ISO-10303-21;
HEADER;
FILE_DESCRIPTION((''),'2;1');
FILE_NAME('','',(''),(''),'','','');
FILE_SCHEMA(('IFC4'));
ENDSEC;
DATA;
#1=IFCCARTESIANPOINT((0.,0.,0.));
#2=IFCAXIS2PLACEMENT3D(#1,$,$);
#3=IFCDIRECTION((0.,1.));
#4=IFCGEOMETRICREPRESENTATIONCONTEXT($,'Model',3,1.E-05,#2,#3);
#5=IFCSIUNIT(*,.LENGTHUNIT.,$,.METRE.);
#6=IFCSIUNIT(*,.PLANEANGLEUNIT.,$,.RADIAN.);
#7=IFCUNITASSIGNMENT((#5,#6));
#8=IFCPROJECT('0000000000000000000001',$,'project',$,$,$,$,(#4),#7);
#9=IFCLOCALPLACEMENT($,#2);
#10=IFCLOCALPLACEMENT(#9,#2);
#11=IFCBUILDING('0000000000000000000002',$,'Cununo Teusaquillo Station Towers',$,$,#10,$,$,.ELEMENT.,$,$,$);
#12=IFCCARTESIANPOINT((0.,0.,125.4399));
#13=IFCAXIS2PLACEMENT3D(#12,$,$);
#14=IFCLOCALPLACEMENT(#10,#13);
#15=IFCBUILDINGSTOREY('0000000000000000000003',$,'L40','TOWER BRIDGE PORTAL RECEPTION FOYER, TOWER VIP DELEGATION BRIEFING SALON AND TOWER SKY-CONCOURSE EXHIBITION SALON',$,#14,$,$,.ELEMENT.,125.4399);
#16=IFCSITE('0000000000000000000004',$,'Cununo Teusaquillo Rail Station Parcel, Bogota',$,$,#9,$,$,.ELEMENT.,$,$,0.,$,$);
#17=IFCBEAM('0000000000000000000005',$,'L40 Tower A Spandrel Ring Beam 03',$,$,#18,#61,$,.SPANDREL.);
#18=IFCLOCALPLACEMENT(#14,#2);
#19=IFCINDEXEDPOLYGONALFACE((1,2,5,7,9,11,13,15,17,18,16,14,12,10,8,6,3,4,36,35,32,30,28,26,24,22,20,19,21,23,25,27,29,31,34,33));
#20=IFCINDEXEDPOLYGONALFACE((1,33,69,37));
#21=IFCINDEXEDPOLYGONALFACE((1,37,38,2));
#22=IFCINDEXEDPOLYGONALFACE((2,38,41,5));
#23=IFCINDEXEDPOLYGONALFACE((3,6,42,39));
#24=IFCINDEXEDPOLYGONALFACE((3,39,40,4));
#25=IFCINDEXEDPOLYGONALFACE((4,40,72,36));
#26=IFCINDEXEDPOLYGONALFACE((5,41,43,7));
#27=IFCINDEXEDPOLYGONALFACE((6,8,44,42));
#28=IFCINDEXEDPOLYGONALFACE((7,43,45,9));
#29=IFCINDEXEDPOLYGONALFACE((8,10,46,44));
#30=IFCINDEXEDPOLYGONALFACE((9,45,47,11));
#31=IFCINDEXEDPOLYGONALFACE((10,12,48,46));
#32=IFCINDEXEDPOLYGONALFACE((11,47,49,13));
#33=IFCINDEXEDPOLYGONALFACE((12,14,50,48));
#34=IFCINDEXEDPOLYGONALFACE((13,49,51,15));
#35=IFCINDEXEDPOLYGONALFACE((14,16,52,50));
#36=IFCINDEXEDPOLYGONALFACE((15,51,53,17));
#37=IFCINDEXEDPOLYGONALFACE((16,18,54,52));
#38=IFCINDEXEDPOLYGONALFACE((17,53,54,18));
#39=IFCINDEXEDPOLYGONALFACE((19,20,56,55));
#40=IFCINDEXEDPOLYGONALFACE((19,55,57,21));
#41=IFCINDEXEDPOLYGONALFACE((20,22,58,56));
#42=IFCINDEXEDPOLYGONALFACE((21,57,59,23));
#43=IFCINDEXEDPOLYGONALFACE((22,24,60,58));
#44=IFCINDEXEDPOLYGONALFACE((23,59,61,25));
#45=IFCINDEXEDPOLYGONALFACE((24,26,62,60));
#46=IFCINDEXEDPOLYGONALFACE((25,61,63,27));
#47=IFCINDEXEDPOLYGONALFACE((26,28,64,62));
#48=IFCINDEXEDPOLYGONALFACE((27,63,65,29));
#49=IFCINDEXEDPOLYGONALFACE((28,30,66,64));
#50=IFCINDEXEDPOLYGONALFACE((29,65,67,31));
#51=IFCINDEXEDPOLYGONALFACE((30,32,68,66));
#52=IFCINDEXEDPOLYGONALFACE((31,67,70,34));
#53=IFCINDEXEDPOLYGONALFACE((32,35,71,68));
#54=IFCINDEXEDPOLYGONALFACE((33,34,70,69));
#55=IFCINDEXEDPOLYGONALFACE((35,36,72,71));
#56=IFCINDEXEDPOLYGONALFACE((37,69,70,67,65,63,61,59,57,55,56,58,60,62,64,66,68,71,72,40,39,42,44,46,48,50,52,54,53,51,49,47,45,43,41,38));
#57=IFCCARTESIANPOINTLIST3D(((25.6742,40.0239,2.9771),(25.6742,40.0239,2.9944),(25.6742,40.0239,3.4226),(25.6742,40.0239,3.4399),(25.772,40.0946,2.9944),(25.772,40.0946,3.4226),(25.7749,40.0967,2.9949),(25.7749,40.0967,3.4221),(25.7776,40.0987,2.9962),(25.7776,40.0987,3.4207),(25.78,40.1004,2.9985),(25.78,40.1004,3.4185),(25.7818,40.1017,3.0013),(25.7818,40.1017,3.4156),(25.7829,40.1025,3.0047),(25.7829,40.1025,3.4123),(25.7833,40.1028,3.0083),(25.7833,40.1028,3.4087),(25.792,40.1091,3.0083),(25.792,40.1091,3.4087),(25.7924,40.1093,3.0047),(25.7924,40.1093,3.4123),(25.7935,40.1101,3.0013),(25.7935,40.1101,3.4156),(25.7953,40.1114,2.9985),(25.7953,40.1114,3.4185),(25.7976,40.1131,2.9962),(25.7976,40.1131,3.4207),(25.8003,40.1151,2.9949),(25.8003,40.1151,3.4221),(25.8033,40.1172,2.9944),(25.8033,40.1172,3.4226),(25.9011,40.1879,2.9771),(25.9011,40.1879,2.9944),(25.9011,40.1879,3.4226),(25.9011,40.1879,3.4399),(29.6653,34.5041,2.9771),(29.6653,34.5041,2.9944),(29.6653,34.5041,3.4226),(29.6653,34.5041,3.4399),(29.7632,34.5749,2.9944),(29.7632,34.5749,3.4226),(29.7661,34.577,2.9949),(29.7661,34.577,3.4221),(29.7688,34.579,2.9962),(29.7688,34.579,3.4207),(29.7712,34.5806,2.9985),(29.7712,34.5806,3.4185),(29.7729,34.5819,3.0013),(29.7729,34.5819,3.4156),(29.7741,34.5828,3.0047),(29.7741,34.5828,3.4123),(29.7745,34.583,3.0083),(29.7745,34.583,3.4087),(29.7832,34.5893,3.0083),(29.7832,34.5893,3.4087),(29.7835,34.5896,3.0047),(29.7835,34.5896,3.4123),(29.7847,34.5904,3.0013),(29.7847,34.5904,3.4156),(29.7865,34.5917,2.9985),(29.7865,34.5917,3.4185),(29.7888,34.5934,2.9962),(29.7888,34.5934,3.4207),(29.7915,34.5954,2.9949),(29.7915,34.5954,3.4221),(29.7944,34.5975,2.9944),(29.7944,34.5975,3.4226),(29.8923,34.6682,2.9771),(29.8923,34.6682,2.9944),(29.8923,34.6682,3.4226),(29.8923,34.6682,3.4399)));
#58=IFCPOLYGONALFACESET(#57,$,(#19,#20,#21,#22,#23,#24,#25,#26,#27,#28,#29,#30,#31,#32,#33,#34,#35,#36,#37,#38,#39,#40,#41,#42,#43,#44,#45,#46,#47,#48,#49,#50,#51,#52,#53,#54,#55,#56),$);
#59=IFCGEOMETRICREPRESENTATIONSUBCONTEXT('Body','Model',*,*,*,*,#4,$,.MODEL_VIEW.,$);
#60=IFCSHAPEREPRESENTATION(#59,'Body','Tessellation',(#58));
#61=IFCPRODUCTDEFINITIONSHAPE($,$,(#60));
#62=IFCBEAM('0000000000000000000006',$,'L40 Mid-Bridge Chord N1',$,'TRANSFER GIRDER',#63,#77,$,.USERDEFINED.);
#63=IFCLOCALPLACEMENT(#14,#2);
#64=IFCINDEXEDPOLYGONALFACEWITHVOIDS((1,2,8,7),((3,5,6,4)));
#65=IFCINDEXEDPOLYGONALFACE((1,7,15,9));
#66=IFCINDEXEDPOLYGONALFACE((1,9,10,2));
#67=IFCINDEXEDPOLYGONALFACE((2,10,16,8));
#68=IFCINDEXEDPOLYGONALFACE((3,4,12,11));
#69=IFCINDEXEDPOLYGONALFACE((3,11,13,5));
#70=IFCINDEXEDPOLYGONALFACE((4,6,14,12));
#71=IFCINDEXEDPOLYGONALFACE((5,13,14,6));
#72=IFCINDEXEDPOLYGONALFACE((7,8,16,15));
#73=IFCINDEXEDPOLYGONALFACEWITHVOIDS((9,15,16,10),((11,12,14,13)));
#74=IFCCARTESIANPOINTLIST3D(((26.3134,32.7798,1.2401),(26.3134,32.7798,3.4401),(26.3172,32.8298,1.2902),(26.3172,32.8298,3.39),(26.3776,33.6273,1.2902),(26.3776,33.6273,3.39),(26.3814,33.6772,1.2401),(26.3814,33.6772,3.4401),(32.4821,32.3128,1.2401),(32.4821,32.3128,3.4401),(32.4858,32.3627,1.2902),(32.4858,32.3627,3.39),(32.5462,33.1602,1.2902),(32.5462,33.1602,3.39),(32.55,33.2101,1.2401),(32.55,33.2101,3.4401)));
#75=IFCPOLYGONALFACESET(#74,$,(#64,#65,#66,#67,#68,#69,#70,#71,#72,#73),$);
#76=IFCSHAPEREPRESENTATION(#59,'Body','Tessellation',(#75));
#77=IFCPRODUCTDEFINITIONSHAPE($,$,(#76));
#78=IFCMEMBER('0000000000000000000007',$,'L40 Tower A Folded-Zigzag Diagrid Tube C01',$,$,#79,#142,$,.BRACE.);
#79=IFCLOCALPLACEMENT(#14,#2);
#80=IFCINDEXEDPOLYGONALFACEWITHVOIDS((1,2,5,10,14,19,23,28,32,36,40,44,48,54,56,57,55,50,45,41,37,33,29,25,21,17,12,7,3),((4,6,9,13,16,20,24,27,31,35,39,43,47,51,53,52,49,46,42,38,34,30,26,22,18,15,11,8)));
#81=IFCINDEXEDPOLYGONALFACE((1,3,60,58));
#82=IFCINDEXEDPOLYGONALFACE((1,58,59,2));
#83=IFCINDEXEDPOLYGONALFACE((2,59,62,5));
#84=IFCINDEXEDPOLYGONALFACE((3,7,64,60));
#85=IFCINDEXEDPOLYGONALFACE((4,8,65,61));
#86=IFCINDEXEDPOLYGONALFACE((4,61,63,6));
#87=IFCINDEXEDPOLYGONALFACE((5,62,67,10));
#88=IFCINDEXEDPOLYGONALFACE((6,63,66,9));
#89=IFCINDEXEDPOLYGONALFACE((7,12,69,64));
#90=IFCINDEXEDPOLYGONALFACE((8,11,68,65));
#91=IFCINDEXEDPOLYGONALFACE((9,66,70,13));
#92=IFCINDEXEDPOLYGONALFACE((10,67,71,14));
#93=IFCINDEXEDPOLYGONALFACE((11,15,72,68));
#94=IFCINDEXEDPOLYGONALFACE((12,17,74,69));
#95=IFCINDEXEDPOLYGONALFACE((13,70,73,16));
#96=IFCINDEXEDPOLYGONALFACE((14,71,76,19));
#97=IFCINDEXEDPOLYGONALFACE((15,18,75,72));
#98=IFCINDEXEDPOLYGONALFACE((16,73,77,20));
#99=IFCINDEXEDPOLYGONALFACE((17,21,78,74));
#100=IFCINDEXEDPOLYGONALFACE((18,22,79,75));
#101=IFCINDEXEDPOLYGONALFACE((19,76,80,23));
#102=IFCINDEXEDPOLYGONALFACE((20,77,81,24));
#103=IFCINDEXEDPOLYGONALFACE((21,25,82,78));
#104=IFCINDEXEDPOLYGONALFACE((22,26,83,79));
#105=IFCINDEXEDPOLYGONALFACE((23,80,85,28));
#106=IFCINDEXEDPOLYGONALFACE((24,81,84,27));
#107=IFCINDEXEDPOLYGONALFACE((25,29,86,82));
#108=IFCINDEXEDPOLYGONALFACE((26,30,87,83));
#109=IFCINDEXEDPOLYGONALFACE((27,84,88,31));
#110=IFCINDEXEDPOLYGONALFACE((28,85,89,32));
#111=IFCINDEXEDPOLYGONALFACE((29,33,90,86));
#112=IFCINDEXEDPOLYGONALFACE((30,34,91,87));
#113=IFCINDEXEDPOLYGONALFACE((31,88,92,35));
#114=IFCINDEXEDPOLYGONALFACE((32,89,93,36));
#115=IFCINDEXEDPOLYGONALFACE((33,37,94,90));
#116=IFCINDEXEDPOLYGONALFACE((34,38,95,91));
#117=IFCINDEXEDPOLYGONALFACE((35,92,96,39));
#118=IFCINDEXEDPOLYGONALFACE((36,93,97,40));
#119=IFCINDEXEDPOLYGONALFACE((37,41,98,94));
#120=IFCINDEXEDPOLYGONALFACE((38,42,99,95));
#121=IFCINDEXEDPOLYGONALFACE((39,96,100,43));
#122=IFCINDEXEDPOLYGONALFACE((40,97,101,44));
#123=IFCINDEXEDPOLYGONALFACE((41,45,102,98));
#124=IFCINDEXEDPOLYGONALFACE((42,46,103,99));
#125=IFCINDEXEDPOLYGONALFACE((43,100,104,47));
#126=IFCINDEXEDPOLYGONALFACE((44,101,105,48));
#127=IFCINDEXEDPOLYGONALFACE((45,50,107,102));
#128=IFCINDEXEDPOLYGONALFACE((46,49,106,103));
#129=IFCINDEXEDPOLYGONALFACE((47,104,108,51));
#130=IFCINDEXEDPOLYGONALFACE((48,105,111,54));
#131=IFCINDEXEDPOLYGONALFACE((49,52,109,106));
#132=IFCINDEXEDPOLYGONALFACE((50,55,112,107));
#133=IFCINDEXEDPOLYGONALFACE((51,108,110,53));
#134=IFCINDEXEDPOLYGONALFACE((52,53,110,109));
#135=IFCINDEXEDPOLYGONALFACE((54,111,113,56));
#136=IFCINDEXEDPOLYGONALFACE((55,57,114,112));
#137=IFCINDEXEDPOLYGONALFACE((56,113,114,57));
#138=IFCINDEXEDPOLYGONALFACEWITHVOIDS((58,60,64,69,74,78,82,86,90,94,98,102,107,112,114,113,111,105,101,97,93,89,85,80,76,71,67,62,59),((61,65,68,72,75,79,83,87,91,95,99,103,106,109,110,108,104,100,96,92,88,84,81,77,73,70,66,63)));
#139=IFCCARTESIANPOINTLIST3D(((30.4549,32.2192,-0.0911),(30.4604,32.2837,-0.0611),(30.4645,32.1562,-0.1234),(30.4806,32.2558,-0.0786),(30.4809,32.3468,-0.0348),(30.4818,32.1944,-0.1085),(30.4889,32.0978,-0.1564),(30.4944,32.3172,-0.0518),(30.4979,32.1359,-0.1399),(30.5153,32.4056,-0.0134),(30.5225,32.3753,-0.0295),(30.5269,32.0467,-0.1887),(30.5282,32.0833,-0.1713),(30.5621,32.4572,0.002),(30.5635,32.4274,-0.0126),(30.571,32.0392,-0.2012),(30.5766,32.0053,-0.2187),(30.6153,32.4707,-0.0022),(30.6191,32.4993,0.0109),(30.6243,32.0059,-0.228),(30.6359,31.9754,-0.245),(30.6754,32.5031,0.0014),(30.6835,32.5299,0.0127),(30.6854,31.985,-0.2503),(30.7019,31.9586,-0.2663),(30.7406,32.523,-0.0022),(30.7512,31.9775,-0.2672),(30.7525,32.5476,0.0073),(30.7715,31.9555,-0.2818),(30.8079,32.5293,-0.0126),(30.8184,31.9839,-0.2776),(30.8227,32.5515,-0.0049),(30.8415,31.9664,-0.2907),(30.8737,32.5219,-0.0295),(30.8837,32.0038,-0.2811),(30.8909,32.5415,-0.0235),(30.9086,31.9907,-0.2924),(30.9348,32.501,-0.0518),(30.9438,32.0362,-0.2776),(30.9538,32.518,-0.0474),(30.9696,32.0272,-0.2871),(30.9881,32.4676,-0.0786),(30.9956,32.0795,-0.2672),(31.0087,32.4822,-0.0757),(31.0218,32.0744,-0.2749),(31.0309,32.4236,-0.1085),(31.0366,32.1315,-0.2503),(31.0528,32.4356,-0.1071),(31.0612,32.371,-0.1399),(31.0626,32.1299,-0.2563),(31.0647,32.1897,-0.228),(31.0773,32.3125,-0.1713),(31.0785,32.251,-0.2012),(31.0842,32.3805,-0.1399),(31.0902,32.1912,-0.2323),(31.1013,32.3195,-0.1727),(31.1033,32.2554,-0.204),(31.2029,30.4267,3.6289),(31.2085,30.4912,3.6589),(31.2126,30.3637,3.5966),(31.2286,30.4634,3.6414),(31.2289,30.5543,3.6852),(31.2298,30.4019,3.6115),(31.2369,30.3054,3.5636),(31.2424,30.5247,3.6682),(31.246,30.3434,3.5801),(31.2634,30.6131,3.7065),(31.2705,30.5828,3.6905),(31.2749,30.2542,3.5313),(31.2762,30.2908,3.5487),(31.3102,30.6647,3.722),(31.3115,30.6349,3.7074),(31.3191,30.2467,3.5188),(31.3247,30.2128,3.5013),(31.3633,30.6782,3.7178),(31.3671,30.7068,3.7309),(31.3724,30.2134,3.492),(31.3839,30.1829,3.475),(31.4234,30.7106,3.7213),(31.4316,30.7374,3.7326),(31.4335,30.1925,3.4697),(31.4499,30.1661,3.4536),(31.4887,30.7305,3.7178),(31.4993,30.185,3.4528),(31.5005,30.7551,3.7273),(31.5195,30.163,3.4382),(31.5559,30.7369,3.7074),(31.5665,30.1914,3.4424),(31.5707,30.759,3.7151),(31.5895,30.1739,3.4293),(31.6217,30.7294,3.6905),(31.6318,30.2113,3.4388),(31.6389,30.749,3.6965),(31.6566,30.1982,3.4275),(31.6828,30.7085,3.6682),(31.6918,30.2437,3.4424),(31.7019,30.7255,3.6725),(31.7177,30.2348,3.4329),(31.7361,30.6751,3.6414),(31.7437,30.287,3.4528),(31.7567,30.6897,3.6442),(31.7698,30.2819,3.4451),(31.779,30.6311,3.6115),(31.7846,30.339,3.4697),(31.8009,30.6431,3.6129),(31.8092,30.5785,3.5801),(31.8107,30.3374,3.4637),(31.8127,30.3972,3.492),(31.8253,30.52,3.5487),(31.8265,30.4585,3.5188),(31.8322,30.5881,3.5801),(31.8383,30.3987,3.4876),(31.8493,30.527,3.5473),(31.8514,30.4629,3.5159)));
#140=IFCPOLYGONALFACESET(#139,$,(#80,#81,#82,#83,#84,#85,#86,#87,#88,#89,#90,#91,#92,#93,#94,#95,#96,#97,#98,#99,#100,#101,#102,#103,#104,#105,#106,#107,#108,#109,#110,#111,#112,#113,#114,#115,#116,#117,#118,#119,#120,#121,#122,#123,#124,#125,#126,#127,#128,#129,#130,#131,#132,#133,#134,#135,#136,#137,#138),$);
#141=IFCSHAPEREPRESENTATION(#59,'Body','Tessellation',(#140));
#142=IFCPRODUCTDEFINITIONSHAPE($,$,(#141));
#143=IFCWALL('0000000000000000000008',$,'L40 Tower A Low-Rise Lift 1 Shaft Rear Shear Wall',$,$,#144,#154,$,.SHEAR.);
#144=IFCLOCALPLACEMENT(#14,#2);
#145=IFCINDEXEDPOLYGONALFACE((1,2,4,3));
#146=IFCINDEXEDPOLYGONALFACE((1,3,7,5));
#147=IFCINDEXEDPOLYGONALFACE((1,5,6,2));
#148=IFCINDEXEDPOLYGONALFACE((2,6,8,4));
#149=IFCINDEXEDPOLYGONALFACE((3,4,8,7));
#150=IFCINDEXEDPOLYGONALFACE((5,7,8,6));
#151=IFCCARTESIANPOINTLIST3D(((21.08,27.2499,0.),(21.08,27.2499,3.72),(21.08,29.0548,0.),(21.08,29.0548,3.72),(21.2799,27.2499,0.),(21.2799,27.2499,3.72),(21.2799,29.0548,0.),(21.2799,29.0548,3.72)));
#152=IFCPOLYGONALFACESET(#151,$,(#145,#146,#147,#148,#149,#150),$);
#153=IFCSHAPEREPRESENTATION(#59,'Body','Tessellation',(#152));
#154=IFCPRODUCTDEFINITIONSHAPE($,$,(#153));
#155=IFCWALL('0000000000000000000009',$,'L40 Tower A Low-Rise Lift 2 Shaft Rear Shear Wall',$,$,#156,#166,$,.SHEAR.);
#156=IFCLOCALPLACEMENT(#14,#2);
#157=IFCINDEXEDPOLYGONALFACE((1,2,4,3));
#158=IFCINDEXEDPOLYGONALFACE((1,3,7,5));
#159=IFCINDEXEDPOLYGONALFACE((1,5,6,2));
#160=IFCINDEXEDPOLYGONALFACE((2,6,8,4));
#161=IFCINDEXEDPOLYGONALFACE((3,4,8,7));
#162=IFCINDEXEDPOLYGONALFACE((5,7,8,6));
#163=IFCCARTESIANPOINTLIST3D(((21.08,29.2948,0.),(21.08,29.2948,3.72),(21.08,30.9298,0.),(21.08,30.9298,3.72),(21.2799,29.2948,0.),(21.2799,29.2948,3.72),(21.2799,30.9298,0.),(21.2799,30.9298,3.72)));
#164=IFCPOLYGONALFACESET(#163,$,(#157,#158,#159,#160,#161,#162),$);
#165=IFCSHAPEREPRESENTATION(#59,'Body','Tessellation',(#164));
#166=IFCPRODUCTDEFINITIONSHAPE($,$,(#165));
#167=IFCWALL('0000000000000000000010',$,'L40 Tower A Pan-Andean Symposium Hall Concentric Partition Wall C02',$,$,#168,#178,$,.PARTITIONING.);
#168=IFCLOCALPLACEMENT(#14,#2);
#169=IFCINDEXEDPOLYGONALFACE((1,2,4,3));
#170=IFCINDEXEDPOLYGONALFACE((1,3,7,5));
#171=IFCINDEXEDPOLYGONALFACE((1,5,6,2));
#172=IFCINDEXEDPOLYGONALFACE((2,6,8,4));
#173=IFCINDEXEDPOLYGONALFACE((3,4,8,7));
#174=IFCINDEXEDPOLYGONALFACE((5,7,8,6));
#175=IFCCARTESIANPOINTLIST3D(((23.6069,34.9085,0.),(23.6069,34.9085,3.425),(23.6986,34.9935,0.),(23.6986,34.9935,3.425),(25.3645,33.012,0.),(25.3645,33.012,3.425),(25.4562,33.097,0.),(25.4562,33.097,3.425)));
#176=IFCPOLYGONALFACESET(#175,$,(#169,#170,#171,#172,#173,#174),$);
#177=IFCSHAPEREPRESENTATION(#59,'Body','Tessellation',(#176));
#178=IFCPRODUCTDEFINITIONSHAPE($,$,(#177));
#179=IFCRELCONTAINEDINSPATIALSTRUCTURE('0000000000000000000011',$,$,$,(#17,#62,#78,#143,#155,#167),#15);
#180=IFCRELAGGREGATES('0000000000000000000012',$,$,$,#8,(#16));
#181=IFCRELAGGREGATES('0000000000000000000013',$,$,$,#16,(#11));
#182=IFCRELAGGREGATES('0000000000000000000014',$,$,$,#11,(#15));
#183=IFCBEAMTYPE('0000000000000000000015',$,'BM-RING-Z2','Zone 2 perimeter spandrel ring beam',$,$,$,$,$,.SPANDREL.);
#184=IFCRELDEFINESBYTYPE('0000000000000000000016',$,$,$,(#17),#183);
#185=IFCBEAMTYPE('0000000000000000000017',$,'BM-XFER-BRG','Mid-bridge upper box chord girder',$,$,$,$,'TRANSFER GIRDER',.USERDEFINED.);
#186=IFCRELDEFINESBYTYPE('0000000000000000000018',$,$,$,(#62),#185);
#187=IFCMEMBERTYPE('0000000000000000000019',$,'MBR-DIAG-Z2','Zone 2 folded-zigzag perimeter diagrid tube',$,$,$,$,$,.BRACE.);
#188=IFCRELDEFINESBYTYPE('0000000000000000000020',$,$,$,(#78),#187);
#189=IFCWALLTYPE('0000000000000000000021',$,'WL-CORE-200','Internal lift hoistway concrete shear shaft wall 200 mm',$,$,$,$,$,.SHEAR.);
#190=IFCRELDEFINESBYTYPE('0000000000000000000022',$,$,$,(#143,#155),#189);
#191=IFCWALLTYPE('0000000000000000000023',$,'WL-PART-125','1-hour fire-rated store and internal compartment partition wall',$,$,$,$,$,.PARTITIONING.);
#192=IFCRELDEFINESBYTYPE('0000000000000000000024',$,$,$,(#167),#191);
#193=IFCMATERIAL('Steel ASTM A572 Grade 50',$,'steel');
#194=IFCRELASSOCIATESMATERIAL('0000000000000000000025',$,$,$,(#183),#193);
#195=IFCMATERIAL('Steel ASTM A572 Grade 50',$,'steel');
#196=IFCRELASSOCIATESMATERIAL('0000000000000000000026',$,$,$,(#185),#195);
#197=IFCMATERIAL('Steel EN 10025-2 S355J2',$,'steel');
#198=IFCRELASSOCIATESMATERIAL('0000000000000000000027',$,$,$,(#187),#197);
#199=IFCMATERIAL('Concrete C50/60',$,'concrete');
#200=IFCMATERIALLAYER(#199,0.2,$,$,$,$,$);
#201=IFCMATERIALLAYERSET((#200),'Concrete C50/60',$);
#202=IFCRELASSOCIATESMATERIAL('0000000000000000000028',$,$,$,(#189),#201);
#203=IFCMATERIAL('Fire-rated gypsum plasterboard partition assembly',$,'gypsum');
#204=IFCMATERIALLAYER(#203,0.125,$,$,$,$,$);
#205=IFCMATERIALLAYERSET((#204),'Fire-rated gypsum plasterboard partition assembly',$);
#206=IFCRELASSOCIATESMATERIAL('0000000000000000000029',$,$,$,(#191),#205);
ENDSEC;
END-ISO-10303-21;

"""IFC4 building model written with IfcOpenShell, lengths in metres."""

from ifc_helpers import new_model, si_unit, direction, frame, frame_2d, origin, origin_2d, place, context, subcontext, project, spatial, rectangle, hollow_rectangle, hollow_circle, i_section, extrude, material, layer, layer_set, material_profile, profile_set, type_object, element, save


model = new_model("IFC4")

# Units and contexts
model_context = context("Model", 3, precision=1e-05, world=origin(), true_north=direction((0.0, 1.0)))
body_context = subcontext(model_context, "Body", "Model", "MODEL_VIEW")
ifc_project = project(units=[si_unit("LENGTHUNIT", "METRE"), si_unit("PLANEANGLEUNIT", "RADIAN")], contexts=[model_context])

# Site, building, storey
site_placement = place(None, origin())
site = spatial("IfcSite", under=ifc_project, at=site_placement, Name="Cununo Teusaquillo Rail Station Parcel, Bogota", CompositionType="ELEMENT", RefElevation=0.0)
building_placement = place(site_placement, origin())
building = spatial("IfcBuilding", under=site, at=building_placement, Name="Cununo Teusaquillo Station Towers", CompositionType="ELEMENT")
storey_placement = place(building_placement, frame((0.0, 0.0, 125.4399)))
storey = spatial("IfcBuildingStorey", under=building, at=storey_placement, Name="L40", Description="TOWER BRIDGE PORTAL RECEPTION FOYER, TOWER VIP DELEGATION BRIEFING SALON AND TOWER SKY-CONCOURSE EXHIBITION SALON", CompositionType="ELEMENT", Elevation=125.4399)

# Beams
ifc_material_1 = material(Name="Steel ASTM A572 Grade 50", Category="steel")
ifc_material_profile_1 = material_profile(ifc_material_1, i_section(OverallWidth=0.28, OverallDepth=0.4629, WebThickness=0.0107, FlangeThickness=0.0173, FilletRadius=0.0139, at=origin_2d()), Name="W18X76")
ifc_profile_set_1 = profile_set([ifc_material_profile_1], Name="Steel ASTM A572 Grade 50")
beam_type_1 = type_object("IfcBeamType", Name="BM-RING-Z2", Description="Zone 2 perimeter spandrel ring beam", PredefinedType="SPANDREL", material=ifc_profile_set_1)
beam_1_placement = place(storey_placement, frame((29.7788, 34.5862, 3.2085), z_axis=(-0.585945, 0.810351, 0.0), x_axis=(-0.810351, -0.585945, 0.0)))
element("IfcBeam", 1, at=beam_1_placement, inside=storey, type_object=beam_type_1, Name="L40 Tower A Spandrel Ring Beam 03", PredefinedType="SPANDREL", context=body_context, shape_type="SweptSolid", body=[
    extrude(i_section(OverallWidth=0.28, OverallDepth=0.4629, WebThickness=0.0107, FlangeThickness=0.0173, FilletRadius=0.0139, at=origin_2d()), origin(), (0.0, 0.0, 1.0), 6.8115),
])
ifc_material_2 = material(Name="Steel ASTM A572 Grade 50", Category="steel")
ifc_material_profile_2 = material_profile(ifc_material_2, hollow_rectangle(XDim=0.8999, YDim=2.2, WallThickness=0.05, at=origin_2d()), Name="BOX 2200x900x50")
ifc_profile_set_2 = profile_set([ifc_material_profile_2], Name="Steel ASTM A572 Grade 50")
beam_type_2 = type_object("IfcBeamType", Name="BM-XFER-BRG", Description="Mid-bridge upper box chord girder", ElementType="TRANSFER GIRDER", PredefinedType="USERDEFINED", material=ifc_profile_set_2)
beam_2_placement = place(storey_placement, frame((26.3474, 33.2285, 2.3401), z_axis=(0.997146, -0.075495, 0.0), x_axis=(0.075495, 0.997146, 0.0)))
element("IfcBeam", 2, at=beam_2_placement, inside=storey, type_object=beam_type_2, Name="L40 Mid-Bridge Chord N1", ObjectType="TRANSFER GIRDER", PredefinedType="USERDEFINED", context=body_context, shape_type="SweptSolid", body=[
    extrude(hollow_rectangle(XDim=0.8999, YDim=2.2, WallThickness=0.05, at=origin_2d()), origin(), (0.0, 0.0, 1.0), 6.1863),
])

# Member
ifc_material_3 = material(Name="Steel EN 10025-2 S355J2", Category="steel")
ifc_material_profile_3 = material_profile(ifc_material_3, hollow_circle(Radius=0.3301, WallThickness=0.0249, at=origin_2d()), Name="CHS 660x25")
ifc_profile_set_3 = profile_set([ifc_material_profile_3], Name="Steel EN 10025-2 S355J2")
member_type = type_object("IfcMemberType", Name="MBR-DIAG-Z2", Description="Zone 2 folded-zigzag perimeter diagrid tube", PredefinedType="BRACE", material=ifc_profile_set_3)
member_placement = place(storey_placement, frame((30.7795, 32.2534, -0.1399), z_axis=(0.178254, -0.427135, 0.886443), x_axis=(0.922861, 0.385133, 0.0)))
element("IfcMember", 3, at=member_placement, inside=storey, type_object=member_type, Name="L40 Tower A Folded-Zigzag Diagrid Tube C01", PredefinedType="BRACE", context=body_context, shape_type="SweptSolid", body=[
    extrude(hollow_circle(Radius=0.3301, WallThickness=0.0249, at=origin_2d()), origin(), (0.0, 0.0, 1.0), 4.1965),
])

# Walls
ifc_material_4 = material(Name="Concrete C50/60", Category="concrete")
ifc_layer_1 = layer(ifc_material_4, 0.2)
ifc_layer_set_1 = layer_set([ifc_layer_1], Name="Concrete C50/60")
wall_type_1 = type_object("IfcWallType", Name="WL-CORE-200", Description="Internal lift hoistway concrete shear shaft wall 200 mm", PredefinedType="SHEAR", material=ifc_layer_set_1)
wall_1_placement = place(storey_placement, frame((21.1799, 27.25, 0.0), z_axis=(0.0, 0.0, 1.0), x_axis=(0.0, 1.0, 0.0)))
element("IfcWall", 4, at=wall_1_placement, inside=storey, type_object=wall_type_1, Name="L40 Tower A Low-Rise Lift 1 Shaft Rear Shear Wall", PredefinedType="SHEAR", context=body_context, shape_type="SweptSolid", body=[
    extrude(rectangle(XDim=1.8049, YDim=0.2, at=frame_2d((0.9023, 0.0))), origin(), (0.0, 0.0, 1.0), 3.72),
])
wall_2_placement = place(storey_placement, frame((21.1799, 29.2949, 0.0), z_axis=(0.0, 0.0, 1.0), x_axis=(0.0, 1.0, 0.0)))
element("IfcWall", 5, at=wall_2_placement, inside=storey, type_object=wall_type_1, Name="L40 Tower A Low-Rise Lift 2 Shaft Rear Shear Wall", PredefinedType="SHEAR", context=body_context, shape_type="SweptSolid", body=[
    extrude(rectangle(XDim=1.635, YDim=0.2, at=frame_2d((0.8174, 0.0))), origin(), (0.0, 0.0, 1.0), 3.72),
])
ifc_material_5 = material(Name="Fire-rated gypsum plasterboard partition assembly", Category="gypsum")
ifc_layer_2 = layer(ifc_material_5, 0.125)
ifc_layer_set_2 = layer_set([ifc_layer_2], Name="Fire-rated gypsum plasterboard partition assembly")
wall_type_2 = type_object("IfcWallType", Name="WL-PART-125", Description="1-hour fire-rated store and internal compartment partition wall", PredefinedType="PARTITIONING", material=ifc_layer_set_2)
wall_3_placement = place(storey_placement, frame((25.4104, 33.0544, 0.0), z_axis=(0.0, 0.0, 1.0), x_axis=(-0.679734, 0.733459, 0.0)))
element("IfcWall", 6, at=wall_3_placement, inside=storey, type_object=wall_type_2, Name="L40 Tower A Pan-Andean Symposium Hall Concentric Partition Wall C02", PredefinedType="PARTITIONING", context=body_context, shape_type="SweptSolid", body=[
    extrude(rectangle(XDim=2.5857, YDim=0.125, at=frame_2d((1.293, 0.0))), origin(), (0.0, 0.0, 1.0), 3.425),
])

save(model, "model.ifc")
